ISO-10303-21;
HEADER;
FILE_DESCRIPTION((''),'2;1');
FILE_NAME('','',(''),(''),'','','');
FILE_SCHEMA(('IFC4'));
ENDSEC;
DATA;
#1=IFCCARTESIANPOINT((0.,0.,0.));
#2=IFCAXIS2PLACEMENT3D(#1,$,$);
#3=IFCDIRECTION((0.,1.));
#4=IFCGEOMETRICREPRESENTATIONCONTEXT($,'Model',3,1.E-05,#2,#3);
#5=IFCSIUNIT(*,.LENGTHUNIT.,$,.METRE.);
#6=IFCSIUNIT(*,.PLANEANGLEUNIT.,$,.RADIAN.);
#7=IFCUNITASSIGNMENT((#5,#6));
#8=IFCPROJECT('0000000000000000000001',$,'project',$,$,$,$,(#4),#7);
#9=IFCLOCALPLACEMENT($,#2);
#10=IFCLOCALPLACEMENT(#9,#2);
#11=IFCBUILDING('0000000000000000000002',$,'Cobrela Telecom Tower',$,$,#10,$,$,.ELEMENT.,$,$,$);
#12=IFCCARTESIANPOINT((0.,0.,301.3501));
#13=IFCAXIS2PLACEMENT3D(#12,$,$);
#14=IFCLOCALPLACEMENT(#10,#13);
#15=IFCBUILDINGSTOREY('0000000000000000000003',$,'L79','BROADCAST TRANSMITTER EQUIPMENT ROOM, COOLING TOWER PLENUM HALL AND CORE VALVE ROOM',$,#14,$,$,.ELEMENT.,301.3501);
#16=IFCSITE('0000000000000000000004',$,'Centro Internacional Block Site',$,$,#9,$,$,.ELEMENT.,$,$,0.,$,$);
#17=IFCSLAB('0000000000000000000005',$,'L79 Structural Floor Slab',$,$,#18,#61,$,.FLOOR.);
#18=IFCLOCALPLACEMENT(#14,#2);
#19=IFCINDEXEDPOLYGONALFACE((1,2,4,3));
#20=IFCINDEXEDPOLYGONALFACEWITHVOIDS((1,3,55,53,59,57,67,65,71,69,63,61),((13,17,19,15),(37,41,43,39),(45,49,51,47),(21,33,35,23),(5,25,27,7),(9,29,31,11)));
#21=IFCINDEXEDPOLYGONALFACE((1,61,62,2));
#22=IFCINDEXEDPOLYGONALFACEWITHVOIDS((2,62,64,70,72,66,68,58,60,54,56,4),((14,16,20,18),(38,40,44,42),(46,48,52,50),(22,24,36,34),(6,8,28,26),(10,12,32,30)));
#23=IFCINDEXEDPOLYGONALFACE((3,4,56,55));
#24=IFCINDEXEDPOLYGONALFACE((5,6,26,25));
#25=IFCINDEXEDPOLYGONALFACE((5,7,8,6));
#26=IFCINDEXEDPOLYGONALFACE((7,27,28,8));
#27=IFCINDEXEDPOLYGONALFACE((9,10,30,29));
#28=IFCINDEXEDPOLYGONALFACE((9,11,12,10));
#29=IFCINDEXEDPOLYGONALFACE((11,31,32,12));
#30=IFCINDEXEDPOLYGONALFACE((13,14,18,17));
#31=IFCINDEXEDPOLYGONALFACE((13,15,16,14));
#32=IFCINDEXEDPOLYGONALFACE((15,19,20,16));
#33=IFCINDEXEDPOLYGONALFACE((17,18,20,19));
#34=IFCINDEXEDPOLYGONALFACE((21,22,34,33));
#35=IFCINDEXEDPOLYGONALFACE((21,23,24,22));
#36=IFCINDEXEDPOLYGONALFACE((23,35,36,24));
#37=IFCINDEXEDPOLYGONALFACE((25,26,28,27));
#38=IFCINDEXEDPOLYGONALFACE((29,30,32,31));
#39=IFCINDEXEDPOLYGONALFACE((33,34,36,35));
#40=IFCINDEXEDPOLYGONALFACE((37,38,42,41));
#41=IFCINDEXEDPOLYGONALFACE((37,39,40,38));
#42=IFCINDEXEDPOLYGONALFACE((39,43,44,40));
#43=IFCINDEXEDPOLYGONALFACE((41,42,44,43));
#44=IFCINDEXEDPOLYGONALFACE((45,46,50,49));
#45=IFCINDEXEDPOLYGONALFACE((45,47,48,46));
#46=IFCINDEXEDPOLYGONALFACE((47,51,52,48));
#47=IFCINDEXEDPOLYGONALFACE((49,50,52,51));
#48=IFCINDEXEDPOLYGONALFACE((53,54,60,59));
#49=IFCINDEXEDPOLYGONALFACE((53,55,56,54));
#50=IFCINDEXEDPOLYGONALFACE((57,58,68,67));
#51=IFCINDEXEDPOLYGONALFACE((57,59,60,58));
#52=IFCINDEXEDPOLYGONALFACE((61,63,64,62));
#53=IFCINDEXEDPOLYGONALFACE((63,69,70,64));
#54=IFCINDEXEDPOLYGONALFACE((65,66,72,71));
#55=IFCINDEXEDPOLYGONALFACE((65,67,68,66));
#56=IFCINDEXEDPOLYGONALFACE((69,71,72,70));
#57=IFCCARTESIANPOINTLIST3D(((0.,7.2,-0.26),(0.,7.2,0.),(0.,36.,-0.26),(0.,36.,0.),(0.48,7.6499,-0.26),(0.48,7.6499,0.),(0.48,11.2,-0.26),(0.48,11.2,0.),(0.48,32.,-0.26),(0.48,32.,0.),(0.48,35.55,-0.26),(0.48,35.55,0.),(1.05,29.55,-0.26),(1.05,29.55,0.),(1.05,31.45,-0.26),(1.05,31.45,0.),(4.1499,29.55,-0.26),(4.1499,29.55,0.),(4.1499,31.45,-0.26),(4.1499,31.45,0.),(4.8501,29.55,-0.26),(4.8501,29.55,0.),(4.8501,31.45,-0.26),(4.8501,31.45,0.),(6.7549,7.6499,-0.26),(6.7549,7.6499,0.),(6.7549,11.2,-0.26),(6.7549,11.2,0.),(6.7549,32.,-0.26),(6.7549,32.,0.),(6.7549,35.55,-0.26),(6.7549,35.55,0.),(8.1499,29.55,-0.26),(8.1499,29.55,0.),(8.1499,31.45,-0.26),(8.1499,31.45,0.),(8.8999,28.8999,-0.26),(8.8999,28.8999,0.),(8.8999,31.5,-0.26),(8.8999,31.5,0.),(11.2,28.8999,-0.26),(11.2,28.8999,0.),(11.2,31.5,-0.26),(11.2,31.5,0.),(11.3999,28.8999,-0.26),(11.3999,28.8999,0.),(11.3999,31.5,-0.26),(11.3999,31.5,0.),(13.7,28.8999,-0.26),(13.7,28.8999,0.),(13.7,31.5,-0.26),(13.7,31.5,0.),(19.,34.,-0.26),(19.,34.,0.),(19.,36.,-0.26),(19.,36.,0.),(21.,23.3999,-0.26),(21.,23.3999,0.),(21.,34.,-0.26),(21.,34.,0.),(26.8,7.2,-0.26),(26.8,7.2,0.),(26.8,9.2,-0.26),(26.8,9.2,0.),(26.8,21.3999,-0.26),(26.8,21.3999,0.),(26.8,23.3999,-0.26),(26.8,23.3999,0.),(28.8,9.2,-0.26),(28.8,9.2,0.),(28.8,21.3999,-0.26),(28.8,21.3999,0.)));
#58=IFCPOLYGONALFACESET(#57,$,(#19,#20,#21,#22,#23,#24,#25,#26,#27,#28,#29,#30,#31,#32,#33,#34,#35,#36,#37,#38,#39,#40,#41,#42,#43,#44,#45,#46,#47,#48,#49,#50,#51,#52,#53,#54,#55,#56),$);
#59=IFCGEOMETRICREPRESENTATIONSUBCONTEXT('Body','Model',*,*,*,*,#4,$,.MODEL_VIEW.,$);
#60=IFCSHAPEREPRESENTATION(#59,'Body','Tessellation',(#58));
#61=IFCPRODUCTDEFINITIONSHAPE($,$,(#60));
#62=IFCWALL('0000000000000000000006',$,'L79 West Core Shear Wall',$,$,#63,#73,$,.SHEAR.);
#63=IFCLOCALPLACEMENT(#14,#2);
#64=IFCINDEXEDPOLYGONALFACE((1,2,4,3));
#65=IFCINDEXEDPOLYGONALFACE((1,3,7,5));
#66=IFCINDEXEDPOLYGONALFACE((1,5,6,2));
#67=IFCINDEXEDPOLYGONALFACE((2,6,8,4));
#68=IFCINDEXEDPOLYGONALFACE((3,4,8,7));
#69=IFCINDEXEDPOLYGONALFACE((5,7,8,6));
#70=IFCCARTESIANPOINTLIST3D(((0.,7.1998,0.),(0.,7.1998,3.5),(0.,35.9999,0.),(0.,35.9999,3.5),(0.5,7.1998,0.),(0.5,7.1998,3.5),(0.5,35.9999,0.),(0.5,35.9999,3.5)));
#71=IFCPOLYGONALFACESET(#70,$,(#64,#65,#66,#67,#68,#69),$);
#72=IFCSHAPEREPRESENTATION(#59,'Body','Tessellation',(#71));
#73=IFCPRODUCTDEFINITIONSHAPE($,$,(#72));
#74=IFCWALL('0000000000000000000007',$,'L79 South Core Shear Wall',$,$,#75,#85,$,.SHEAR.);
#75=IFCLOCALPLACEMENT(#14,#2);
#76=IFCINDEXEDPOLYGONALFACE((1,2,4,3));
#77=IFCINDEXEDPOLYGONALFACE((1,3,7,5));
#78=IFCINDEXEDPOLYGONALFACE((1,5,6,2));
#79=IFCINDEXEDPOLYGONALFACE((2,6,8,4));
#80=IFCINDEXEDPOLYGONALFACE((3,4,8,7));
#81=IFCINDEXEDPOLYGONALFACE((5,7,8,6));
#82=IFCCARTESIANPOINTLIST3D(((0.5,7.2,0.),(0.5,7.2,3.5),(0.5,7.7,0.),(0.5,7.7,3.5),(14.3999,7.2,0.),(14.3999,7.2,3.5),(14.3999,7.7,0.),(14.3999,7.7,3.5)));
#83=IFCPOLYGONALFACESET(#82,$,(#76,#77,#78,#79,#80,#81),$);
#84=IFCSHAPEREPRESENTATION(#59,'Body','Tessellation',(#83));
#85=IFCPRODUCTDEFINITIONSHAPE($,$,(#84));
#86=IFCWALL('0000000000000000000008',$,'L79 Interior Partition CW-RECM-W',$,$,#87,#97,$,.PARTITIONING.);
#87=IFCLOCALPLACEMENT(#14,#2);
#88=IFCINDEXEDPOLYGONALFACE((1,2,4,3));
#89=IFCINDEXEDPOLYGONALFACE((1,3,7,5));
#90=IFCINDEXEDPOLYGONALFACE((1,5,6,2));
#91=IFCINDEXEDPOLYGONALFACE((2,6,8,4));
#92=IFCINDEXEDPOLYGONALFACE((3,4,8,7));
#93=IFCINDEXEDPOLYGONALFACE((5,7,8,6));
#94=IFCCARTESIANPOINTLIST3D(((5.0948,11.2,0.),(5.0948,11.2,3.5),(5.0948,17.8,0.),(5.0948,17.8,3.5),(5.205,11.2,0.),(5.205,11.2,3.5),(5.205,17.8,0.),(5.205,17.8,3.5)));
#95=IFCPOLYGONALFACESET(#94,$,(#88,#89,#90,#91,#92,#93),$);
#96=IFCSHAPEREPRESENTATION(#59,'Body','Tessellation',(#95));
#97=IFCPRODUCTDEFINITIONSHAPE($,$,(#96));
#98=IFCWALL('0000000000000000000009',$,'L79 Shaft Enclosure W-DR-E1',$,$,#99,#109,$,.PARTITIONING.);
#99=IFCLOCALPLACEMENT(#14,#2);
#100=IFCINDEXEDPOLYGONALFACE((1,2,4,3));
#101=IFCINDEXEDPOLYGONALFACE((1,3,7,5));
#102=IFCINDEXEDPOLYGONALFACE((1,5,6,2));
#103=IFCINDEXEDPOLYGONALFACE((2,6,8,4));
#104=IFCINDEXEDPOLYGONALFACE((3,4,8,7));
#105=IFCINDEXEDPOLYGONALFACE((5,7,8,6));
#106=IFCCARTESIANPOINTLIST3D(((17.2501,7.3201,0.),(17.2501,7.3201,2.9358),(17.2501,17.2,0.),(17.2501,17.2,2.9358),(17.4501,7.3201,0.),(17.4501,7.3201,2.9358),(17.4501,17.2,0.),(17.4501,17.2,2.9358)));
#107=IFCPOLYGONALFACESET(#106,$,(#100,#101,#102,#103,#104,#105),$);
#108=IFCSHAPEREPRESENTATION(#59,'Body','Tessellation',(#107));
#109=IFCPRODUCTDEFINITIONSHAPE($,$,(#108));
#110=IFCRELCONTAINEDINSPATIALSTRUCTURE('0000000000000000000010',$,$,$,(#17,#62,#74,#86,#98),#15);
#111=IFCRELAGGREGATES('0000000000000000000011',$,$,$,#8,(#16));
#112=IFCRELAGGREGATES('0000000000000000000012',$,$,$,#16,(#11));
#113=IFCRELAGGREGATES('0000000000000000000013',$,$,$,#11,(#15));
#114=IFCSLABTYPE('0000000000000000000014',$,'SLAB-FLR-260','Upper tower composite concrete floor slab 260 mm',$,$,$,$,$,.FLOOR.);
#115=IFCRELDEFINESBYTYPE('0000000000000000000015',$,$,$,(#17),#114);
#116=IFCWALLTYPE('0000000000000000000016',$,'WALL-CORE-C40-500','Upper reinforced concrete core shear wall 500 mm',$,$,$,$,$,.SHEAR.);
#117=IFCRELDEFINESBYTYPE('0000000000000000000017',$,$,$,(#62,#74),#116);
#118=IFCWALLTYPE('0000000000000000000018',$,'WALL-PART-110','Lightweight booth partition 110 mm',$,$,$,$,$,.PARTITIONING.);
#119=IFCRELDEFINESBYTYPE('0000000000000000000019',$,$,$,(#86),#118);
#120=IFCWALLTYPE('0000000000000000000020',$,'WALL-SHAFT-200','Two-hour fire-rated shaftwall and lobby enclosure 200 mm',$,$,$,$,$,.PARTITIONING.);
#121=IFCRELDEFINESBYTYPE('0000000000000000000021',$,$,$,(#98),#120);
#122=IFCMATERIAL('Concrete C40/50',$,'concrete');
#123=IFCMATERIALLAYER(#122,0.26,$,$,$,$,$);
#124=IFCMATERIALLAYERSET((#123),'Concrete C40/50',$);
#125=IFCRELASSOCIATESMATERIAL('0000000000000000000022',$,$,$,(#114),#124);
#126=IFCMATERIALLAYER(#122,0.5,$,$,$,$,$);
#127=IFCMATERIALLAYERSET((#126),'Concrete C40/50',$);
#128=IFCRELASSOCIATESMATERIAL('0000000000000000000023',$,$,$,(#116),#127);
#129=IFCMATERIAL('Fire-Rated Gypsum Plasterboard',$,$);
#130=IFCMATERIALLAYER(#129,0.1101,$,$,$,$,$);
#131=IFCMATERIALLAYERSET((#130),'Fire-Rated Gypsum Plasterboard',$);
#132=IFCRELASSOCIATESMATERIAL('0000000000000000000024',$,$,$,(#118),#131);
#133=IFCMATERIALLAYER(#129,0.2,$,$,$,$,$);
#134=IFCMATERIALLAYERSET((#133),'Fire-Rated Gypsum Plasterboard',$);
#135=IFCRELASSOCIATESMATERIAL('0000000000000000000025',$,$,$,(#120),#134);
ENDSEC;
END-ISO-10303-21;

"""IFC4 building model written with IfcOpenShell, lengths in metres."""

from ifc_helpers import new_model, si_unit, direction, frame, frame_2d, origin, place, context, subcontext, project, spatial, polyline, rectangle, outline, extrude, material, layer, layer_set, type_object, element, save


model = new_model("IFC4")

# Units and contexts
model_context = context("Model", 3, precision=1e-05, world=origin(), true_north=direction((0.0, 1.0)))
body_context = subcontext(model_context, "Body", "Model", "MODEL_VIEW")
ifc_project = project(units=[si_unit("LENGTHUNIT", "METRE"), si_unit("PLANEANGLEUNIT", "RADIAN")], contexts=[model_context])

# Site, building, storey
site_placement = place(None, origin())
site = spatial("IfcSite", under=ifc_project, at=site_placement, Name="Centro Internacional Block Site", CompositionType="ELEMENT", RefElevation=0.0)
building_placement = place(site_placement, origin())
building = spatial("IfcBuilding", under=site, at=building_placement, Name="Cobrela Telecom Tower", CompositionType="ELEMENT")
storey_placement = place(building_placement, frame((0.0, 0.0, 301.3501)))
storey = spatial("IfcBuildingStorey", under=building, at=storey_placement, Name="L79", Description="BROADCAST TRANSMITTER EQUIPMENT ROOM, COOLING TOWER PLENUM HALL AND CORE VALVE ROOM", CompositionType="ELEMENT", Elevation=301.3501)

# Slab, openings
ifc_material_1 = material(Name="Concrete C40/50", Category="concrete")
ifc_layer_1 = layer(ifc_material_1, 0.26)
ifc_layer_set_1 = layer_set([ifc_layer_1], Name="Concrete C40/50")
slab_type = type_object("IfcSlabType", Name="SLAB-FLR-260", Description="Upper tower composite concrete floor slab 260 mm", PredefinedType="FLOOR", material=ifc_layer_set_1)
slab_placement = place(storey_placement, frame((0.0, 0.0, -0.26)))
slab = element("IfcSlab", 1, at=slab_placement, inside=storey, type_object=slab_type, Name="L79 Structural Floor Slab", PredefinedType="FLOOR", context=body_context, shape_type="SweptSolid", body=[
    extrude(outline(polyline([(0.0, 7.2), (26.8, 7.2), (26.8, 9.2), (28.8, 9.2), (28.8, 21.3999), (26.8, 21.3999), (26.8, 23.3999), (21.0, 23.3999), (21.0, 34.0), (19.0, 34.0), (19.0, 36.0), (0.0, 36.0), (0.0, 7.2)])), origin(), (0.0, 0.0, 1.0), 0.26),
])
opening_1_placement = place(slab_placement, frame((0.0, 0.0, -0.02)))
element("IfcOpeningElement", 2, at=opening_1_placement, cuts=slab, PredefinedType="OPENING", context=body_context, shape_type="SweptSolid", body=[
    extrude(outline(polyline([(8.8999, 28.8999), (11.2, 28.8999), (11.2, 31.5), (8.8999, 31.5), (8.8999, 28.8999)])), origin(), (0.0, 0.0, 1.0), 0.3),
])
opening_2_placement = place(slab_placement, frame((0.0, 0.0, -0.02)))
element("IfcOpeningElement", 3, at=opening_2_placement, cuts=slab, PredefinedType="OPENING", context=body_context, shape_type="SweptSolid", body=[
    extrude(outline(polyline([(11.3999, 28.8999), (13.7, 28.8999), (13.7, 31.5), (11.3999, 31.5), (11.3999, 28.8999)])), origin(), (0.0, 0.0, 1.0), 0.3),
])
opening_3_placement = place(slab_placement, frame((0.0, 0.0, -0.02)))
element("IfcOpeningElement", 4, at=opening_3_placement, cuts=slab, PredefinedType="OPENING", context=body_context, shape_type="SweptSolid", body=[
    extrude(outline(polyline([(1.05, 29.55), (4.1499, 29.55), (4.1499, 31.45), (1.05, 31.45), (1.05, 29.55)])), origin(), (0.0, 0.0, 1.0), 0.3),
])
opening_4_placement = place(slab_placement, frame((0.0, 0.0, -0.02)))
element("IfcOpeningElement", 5, at=opening_4_placement, cuts=slab, PredefinedType="OPENING", context=body_context, shape_type="SweptSolid", body=[
    extrude(outline(polyline([(4.8501, 29.55), (8.1499, 29.55), (8.1499, 31.45), (4.8501, 31.45), (4.8501, 29.55)])), origin(), (0.0, 0.0, 1.0), 0.3),
])
opening_5_placement = place(slab_placement, frame((0.0, 0.0, -0.02)))
element("IfcOpeningElement", 6, at=opening_5_placement, cuts=slab, PredefinedType="OPENING", context=body_context, shape_type="SweptSolid", body=[
    extrude(outline(polyline([(6.7549, 35.55), (0.48, 35.55), (0.48, 32.0), (6.7549, 32.0), (6.7549, 35.55)])), origin(), (0.0, 0.0, 1.0), 0.3),
])
opening_6_placement = place(slab_placement, frame((0.0, 0.0, -0.02)))
element("IfcOpeningElement", 7, at=opening_6_placement, cuts=slab, PredefinedType="OPENING", context=body_context, shape_type="SweptSolid", body=[
    extrude(outline(polyline([(6.7549, 11.2), (0.48, 11.2), (0.48, 7.6499), (6.7549, 7.6499), (6.7549, 11.2)])), origin(), (0.0, 0.0, 1.0), 0.3),
])

# Walls
ifc_layer_2 = layer(ifc_material_1, 0.5)
ifc_layer_set_2 = layer_set([ifc_layer_2], Name="Concrete C40/50")
wall_type_1 = type_object("IfcWallType", Name="WALL-CORE-C40-500", Description="Upper reinforced concrete core shear wall 500 mm", PredefinedType="SHEAR", material=ifc_layer_set_2)
wall_1_placement = place(storey_placement, frame((0.25, 7.2, 0.0), z_axis=(0.0, 0.0, 1.0), x_axis=(0.0, 1.0, 0.0)))
element("IfcWall", 8, at=wall_1_placement, inside=storey, type_object=wall_type_1, Name="L79 West Core Shear Wall", PredefinedType="SHEAR", context=body_context, shape_type="SweptSolid", body=[
    extrude(rectangle(XDim=28.8, YDim=0.5, at=frame_2d((14.3999, 0.0))), origin(), (0.0, 0.0, 1.0), 3.5),
])
wall_2_placement = place(storey_placement, frame((0.5, 7.45, 0.0), z_axis=(0.0, 0.0, 1.0), x_axis=(1.0, 0.0, 0.0)))
element("IfcWall", 9, at=wall_2_placement, inside=storey, type_object=wall_type_1, Name="L79 South Core Shear Wall", PredefinedType="SHEAR", context=body_context, shape_type="SweptSolid", body=[
    extrude(rectangle(XDim=13.8999, YDim=0.5, at=frame_2d((6.95, 0.0))), origin(), (0.0, 0.0, 1.0), 3.5),
])
ifc_material_2 = material(Name="Fire-Rated Gypsum Plasterboard")
ifc_layer_3 = layer(ifc_material_2, 0.1101)
ifc_layer_set_3 = layer_set([ifc_layer_3], Name="Fire-Rated Gypsum Plasterboard")
wall_type_2 = type_object("IfcWallType", Name="WALL-PART-110", Description="Lightweight booth partition 110 mm", PredefinedType="PARTITIONING", material=ifc_layer_set_3)
wall_3_placement = place(storey_placement, frame((5.1499, 11.2, 0.0), z_axis=(0.0, 0.0, 1.0), x_axis=(0.0, 1.0, 0.0)))
element("IfcWall", 10, at=wall_3_placement, inside=storey, type_object=wall_type_2, Name="L79 Interior Partition CW-RECM-W", PredefinedType="PARTITIONING", context=body_context, shape_type="SweptSolid", body=[
    extrude(rectangle(XDim=6.6001, YDim=0.1101, at=frame_2d((3.3, 0.0))), origin(), (0.0, 0.0, 1.0), 3.5),
])
ifc_layer_4 = layer(ifc_material_2, 0.2)
ifc_layer_set_4 = layer_set([ifc_layer_4], Name="Fire-Rated Gypsum Plasterboard")
wall_type_3 = type_object("IfcWallType", Name="WALL-SHAFT-200", Description="Two-hour fire-rated shaftwall and lobby enclosure 200 mm", PredefinedType="PARTITIONING", material=ifc_layer_set_4)
wall_4_placement = place(storey_placement, frame((17.3501, 7.3201, 0.0), z_axis=(0.0, 0.0, 1.0), x_axis=(0.0, 1.0, 0.0)))
element("IfcWall", 11, at=wall_4_placement, inside=storey, type_object=wall_type_3, Name="L79 Shaft Enclosure W-DR-E1", PredefinedType="PARTITIONING", context=body_context, shape_type="SweptSolid", body=[
    extrude(rectangle(XDim=9.8799, YDim=0.2, at=frame_2d((4.9399, 0.0))), origin(), (0.0, 0.0, 1.0), 2.9358),
])

save(model, "model.ifc")
